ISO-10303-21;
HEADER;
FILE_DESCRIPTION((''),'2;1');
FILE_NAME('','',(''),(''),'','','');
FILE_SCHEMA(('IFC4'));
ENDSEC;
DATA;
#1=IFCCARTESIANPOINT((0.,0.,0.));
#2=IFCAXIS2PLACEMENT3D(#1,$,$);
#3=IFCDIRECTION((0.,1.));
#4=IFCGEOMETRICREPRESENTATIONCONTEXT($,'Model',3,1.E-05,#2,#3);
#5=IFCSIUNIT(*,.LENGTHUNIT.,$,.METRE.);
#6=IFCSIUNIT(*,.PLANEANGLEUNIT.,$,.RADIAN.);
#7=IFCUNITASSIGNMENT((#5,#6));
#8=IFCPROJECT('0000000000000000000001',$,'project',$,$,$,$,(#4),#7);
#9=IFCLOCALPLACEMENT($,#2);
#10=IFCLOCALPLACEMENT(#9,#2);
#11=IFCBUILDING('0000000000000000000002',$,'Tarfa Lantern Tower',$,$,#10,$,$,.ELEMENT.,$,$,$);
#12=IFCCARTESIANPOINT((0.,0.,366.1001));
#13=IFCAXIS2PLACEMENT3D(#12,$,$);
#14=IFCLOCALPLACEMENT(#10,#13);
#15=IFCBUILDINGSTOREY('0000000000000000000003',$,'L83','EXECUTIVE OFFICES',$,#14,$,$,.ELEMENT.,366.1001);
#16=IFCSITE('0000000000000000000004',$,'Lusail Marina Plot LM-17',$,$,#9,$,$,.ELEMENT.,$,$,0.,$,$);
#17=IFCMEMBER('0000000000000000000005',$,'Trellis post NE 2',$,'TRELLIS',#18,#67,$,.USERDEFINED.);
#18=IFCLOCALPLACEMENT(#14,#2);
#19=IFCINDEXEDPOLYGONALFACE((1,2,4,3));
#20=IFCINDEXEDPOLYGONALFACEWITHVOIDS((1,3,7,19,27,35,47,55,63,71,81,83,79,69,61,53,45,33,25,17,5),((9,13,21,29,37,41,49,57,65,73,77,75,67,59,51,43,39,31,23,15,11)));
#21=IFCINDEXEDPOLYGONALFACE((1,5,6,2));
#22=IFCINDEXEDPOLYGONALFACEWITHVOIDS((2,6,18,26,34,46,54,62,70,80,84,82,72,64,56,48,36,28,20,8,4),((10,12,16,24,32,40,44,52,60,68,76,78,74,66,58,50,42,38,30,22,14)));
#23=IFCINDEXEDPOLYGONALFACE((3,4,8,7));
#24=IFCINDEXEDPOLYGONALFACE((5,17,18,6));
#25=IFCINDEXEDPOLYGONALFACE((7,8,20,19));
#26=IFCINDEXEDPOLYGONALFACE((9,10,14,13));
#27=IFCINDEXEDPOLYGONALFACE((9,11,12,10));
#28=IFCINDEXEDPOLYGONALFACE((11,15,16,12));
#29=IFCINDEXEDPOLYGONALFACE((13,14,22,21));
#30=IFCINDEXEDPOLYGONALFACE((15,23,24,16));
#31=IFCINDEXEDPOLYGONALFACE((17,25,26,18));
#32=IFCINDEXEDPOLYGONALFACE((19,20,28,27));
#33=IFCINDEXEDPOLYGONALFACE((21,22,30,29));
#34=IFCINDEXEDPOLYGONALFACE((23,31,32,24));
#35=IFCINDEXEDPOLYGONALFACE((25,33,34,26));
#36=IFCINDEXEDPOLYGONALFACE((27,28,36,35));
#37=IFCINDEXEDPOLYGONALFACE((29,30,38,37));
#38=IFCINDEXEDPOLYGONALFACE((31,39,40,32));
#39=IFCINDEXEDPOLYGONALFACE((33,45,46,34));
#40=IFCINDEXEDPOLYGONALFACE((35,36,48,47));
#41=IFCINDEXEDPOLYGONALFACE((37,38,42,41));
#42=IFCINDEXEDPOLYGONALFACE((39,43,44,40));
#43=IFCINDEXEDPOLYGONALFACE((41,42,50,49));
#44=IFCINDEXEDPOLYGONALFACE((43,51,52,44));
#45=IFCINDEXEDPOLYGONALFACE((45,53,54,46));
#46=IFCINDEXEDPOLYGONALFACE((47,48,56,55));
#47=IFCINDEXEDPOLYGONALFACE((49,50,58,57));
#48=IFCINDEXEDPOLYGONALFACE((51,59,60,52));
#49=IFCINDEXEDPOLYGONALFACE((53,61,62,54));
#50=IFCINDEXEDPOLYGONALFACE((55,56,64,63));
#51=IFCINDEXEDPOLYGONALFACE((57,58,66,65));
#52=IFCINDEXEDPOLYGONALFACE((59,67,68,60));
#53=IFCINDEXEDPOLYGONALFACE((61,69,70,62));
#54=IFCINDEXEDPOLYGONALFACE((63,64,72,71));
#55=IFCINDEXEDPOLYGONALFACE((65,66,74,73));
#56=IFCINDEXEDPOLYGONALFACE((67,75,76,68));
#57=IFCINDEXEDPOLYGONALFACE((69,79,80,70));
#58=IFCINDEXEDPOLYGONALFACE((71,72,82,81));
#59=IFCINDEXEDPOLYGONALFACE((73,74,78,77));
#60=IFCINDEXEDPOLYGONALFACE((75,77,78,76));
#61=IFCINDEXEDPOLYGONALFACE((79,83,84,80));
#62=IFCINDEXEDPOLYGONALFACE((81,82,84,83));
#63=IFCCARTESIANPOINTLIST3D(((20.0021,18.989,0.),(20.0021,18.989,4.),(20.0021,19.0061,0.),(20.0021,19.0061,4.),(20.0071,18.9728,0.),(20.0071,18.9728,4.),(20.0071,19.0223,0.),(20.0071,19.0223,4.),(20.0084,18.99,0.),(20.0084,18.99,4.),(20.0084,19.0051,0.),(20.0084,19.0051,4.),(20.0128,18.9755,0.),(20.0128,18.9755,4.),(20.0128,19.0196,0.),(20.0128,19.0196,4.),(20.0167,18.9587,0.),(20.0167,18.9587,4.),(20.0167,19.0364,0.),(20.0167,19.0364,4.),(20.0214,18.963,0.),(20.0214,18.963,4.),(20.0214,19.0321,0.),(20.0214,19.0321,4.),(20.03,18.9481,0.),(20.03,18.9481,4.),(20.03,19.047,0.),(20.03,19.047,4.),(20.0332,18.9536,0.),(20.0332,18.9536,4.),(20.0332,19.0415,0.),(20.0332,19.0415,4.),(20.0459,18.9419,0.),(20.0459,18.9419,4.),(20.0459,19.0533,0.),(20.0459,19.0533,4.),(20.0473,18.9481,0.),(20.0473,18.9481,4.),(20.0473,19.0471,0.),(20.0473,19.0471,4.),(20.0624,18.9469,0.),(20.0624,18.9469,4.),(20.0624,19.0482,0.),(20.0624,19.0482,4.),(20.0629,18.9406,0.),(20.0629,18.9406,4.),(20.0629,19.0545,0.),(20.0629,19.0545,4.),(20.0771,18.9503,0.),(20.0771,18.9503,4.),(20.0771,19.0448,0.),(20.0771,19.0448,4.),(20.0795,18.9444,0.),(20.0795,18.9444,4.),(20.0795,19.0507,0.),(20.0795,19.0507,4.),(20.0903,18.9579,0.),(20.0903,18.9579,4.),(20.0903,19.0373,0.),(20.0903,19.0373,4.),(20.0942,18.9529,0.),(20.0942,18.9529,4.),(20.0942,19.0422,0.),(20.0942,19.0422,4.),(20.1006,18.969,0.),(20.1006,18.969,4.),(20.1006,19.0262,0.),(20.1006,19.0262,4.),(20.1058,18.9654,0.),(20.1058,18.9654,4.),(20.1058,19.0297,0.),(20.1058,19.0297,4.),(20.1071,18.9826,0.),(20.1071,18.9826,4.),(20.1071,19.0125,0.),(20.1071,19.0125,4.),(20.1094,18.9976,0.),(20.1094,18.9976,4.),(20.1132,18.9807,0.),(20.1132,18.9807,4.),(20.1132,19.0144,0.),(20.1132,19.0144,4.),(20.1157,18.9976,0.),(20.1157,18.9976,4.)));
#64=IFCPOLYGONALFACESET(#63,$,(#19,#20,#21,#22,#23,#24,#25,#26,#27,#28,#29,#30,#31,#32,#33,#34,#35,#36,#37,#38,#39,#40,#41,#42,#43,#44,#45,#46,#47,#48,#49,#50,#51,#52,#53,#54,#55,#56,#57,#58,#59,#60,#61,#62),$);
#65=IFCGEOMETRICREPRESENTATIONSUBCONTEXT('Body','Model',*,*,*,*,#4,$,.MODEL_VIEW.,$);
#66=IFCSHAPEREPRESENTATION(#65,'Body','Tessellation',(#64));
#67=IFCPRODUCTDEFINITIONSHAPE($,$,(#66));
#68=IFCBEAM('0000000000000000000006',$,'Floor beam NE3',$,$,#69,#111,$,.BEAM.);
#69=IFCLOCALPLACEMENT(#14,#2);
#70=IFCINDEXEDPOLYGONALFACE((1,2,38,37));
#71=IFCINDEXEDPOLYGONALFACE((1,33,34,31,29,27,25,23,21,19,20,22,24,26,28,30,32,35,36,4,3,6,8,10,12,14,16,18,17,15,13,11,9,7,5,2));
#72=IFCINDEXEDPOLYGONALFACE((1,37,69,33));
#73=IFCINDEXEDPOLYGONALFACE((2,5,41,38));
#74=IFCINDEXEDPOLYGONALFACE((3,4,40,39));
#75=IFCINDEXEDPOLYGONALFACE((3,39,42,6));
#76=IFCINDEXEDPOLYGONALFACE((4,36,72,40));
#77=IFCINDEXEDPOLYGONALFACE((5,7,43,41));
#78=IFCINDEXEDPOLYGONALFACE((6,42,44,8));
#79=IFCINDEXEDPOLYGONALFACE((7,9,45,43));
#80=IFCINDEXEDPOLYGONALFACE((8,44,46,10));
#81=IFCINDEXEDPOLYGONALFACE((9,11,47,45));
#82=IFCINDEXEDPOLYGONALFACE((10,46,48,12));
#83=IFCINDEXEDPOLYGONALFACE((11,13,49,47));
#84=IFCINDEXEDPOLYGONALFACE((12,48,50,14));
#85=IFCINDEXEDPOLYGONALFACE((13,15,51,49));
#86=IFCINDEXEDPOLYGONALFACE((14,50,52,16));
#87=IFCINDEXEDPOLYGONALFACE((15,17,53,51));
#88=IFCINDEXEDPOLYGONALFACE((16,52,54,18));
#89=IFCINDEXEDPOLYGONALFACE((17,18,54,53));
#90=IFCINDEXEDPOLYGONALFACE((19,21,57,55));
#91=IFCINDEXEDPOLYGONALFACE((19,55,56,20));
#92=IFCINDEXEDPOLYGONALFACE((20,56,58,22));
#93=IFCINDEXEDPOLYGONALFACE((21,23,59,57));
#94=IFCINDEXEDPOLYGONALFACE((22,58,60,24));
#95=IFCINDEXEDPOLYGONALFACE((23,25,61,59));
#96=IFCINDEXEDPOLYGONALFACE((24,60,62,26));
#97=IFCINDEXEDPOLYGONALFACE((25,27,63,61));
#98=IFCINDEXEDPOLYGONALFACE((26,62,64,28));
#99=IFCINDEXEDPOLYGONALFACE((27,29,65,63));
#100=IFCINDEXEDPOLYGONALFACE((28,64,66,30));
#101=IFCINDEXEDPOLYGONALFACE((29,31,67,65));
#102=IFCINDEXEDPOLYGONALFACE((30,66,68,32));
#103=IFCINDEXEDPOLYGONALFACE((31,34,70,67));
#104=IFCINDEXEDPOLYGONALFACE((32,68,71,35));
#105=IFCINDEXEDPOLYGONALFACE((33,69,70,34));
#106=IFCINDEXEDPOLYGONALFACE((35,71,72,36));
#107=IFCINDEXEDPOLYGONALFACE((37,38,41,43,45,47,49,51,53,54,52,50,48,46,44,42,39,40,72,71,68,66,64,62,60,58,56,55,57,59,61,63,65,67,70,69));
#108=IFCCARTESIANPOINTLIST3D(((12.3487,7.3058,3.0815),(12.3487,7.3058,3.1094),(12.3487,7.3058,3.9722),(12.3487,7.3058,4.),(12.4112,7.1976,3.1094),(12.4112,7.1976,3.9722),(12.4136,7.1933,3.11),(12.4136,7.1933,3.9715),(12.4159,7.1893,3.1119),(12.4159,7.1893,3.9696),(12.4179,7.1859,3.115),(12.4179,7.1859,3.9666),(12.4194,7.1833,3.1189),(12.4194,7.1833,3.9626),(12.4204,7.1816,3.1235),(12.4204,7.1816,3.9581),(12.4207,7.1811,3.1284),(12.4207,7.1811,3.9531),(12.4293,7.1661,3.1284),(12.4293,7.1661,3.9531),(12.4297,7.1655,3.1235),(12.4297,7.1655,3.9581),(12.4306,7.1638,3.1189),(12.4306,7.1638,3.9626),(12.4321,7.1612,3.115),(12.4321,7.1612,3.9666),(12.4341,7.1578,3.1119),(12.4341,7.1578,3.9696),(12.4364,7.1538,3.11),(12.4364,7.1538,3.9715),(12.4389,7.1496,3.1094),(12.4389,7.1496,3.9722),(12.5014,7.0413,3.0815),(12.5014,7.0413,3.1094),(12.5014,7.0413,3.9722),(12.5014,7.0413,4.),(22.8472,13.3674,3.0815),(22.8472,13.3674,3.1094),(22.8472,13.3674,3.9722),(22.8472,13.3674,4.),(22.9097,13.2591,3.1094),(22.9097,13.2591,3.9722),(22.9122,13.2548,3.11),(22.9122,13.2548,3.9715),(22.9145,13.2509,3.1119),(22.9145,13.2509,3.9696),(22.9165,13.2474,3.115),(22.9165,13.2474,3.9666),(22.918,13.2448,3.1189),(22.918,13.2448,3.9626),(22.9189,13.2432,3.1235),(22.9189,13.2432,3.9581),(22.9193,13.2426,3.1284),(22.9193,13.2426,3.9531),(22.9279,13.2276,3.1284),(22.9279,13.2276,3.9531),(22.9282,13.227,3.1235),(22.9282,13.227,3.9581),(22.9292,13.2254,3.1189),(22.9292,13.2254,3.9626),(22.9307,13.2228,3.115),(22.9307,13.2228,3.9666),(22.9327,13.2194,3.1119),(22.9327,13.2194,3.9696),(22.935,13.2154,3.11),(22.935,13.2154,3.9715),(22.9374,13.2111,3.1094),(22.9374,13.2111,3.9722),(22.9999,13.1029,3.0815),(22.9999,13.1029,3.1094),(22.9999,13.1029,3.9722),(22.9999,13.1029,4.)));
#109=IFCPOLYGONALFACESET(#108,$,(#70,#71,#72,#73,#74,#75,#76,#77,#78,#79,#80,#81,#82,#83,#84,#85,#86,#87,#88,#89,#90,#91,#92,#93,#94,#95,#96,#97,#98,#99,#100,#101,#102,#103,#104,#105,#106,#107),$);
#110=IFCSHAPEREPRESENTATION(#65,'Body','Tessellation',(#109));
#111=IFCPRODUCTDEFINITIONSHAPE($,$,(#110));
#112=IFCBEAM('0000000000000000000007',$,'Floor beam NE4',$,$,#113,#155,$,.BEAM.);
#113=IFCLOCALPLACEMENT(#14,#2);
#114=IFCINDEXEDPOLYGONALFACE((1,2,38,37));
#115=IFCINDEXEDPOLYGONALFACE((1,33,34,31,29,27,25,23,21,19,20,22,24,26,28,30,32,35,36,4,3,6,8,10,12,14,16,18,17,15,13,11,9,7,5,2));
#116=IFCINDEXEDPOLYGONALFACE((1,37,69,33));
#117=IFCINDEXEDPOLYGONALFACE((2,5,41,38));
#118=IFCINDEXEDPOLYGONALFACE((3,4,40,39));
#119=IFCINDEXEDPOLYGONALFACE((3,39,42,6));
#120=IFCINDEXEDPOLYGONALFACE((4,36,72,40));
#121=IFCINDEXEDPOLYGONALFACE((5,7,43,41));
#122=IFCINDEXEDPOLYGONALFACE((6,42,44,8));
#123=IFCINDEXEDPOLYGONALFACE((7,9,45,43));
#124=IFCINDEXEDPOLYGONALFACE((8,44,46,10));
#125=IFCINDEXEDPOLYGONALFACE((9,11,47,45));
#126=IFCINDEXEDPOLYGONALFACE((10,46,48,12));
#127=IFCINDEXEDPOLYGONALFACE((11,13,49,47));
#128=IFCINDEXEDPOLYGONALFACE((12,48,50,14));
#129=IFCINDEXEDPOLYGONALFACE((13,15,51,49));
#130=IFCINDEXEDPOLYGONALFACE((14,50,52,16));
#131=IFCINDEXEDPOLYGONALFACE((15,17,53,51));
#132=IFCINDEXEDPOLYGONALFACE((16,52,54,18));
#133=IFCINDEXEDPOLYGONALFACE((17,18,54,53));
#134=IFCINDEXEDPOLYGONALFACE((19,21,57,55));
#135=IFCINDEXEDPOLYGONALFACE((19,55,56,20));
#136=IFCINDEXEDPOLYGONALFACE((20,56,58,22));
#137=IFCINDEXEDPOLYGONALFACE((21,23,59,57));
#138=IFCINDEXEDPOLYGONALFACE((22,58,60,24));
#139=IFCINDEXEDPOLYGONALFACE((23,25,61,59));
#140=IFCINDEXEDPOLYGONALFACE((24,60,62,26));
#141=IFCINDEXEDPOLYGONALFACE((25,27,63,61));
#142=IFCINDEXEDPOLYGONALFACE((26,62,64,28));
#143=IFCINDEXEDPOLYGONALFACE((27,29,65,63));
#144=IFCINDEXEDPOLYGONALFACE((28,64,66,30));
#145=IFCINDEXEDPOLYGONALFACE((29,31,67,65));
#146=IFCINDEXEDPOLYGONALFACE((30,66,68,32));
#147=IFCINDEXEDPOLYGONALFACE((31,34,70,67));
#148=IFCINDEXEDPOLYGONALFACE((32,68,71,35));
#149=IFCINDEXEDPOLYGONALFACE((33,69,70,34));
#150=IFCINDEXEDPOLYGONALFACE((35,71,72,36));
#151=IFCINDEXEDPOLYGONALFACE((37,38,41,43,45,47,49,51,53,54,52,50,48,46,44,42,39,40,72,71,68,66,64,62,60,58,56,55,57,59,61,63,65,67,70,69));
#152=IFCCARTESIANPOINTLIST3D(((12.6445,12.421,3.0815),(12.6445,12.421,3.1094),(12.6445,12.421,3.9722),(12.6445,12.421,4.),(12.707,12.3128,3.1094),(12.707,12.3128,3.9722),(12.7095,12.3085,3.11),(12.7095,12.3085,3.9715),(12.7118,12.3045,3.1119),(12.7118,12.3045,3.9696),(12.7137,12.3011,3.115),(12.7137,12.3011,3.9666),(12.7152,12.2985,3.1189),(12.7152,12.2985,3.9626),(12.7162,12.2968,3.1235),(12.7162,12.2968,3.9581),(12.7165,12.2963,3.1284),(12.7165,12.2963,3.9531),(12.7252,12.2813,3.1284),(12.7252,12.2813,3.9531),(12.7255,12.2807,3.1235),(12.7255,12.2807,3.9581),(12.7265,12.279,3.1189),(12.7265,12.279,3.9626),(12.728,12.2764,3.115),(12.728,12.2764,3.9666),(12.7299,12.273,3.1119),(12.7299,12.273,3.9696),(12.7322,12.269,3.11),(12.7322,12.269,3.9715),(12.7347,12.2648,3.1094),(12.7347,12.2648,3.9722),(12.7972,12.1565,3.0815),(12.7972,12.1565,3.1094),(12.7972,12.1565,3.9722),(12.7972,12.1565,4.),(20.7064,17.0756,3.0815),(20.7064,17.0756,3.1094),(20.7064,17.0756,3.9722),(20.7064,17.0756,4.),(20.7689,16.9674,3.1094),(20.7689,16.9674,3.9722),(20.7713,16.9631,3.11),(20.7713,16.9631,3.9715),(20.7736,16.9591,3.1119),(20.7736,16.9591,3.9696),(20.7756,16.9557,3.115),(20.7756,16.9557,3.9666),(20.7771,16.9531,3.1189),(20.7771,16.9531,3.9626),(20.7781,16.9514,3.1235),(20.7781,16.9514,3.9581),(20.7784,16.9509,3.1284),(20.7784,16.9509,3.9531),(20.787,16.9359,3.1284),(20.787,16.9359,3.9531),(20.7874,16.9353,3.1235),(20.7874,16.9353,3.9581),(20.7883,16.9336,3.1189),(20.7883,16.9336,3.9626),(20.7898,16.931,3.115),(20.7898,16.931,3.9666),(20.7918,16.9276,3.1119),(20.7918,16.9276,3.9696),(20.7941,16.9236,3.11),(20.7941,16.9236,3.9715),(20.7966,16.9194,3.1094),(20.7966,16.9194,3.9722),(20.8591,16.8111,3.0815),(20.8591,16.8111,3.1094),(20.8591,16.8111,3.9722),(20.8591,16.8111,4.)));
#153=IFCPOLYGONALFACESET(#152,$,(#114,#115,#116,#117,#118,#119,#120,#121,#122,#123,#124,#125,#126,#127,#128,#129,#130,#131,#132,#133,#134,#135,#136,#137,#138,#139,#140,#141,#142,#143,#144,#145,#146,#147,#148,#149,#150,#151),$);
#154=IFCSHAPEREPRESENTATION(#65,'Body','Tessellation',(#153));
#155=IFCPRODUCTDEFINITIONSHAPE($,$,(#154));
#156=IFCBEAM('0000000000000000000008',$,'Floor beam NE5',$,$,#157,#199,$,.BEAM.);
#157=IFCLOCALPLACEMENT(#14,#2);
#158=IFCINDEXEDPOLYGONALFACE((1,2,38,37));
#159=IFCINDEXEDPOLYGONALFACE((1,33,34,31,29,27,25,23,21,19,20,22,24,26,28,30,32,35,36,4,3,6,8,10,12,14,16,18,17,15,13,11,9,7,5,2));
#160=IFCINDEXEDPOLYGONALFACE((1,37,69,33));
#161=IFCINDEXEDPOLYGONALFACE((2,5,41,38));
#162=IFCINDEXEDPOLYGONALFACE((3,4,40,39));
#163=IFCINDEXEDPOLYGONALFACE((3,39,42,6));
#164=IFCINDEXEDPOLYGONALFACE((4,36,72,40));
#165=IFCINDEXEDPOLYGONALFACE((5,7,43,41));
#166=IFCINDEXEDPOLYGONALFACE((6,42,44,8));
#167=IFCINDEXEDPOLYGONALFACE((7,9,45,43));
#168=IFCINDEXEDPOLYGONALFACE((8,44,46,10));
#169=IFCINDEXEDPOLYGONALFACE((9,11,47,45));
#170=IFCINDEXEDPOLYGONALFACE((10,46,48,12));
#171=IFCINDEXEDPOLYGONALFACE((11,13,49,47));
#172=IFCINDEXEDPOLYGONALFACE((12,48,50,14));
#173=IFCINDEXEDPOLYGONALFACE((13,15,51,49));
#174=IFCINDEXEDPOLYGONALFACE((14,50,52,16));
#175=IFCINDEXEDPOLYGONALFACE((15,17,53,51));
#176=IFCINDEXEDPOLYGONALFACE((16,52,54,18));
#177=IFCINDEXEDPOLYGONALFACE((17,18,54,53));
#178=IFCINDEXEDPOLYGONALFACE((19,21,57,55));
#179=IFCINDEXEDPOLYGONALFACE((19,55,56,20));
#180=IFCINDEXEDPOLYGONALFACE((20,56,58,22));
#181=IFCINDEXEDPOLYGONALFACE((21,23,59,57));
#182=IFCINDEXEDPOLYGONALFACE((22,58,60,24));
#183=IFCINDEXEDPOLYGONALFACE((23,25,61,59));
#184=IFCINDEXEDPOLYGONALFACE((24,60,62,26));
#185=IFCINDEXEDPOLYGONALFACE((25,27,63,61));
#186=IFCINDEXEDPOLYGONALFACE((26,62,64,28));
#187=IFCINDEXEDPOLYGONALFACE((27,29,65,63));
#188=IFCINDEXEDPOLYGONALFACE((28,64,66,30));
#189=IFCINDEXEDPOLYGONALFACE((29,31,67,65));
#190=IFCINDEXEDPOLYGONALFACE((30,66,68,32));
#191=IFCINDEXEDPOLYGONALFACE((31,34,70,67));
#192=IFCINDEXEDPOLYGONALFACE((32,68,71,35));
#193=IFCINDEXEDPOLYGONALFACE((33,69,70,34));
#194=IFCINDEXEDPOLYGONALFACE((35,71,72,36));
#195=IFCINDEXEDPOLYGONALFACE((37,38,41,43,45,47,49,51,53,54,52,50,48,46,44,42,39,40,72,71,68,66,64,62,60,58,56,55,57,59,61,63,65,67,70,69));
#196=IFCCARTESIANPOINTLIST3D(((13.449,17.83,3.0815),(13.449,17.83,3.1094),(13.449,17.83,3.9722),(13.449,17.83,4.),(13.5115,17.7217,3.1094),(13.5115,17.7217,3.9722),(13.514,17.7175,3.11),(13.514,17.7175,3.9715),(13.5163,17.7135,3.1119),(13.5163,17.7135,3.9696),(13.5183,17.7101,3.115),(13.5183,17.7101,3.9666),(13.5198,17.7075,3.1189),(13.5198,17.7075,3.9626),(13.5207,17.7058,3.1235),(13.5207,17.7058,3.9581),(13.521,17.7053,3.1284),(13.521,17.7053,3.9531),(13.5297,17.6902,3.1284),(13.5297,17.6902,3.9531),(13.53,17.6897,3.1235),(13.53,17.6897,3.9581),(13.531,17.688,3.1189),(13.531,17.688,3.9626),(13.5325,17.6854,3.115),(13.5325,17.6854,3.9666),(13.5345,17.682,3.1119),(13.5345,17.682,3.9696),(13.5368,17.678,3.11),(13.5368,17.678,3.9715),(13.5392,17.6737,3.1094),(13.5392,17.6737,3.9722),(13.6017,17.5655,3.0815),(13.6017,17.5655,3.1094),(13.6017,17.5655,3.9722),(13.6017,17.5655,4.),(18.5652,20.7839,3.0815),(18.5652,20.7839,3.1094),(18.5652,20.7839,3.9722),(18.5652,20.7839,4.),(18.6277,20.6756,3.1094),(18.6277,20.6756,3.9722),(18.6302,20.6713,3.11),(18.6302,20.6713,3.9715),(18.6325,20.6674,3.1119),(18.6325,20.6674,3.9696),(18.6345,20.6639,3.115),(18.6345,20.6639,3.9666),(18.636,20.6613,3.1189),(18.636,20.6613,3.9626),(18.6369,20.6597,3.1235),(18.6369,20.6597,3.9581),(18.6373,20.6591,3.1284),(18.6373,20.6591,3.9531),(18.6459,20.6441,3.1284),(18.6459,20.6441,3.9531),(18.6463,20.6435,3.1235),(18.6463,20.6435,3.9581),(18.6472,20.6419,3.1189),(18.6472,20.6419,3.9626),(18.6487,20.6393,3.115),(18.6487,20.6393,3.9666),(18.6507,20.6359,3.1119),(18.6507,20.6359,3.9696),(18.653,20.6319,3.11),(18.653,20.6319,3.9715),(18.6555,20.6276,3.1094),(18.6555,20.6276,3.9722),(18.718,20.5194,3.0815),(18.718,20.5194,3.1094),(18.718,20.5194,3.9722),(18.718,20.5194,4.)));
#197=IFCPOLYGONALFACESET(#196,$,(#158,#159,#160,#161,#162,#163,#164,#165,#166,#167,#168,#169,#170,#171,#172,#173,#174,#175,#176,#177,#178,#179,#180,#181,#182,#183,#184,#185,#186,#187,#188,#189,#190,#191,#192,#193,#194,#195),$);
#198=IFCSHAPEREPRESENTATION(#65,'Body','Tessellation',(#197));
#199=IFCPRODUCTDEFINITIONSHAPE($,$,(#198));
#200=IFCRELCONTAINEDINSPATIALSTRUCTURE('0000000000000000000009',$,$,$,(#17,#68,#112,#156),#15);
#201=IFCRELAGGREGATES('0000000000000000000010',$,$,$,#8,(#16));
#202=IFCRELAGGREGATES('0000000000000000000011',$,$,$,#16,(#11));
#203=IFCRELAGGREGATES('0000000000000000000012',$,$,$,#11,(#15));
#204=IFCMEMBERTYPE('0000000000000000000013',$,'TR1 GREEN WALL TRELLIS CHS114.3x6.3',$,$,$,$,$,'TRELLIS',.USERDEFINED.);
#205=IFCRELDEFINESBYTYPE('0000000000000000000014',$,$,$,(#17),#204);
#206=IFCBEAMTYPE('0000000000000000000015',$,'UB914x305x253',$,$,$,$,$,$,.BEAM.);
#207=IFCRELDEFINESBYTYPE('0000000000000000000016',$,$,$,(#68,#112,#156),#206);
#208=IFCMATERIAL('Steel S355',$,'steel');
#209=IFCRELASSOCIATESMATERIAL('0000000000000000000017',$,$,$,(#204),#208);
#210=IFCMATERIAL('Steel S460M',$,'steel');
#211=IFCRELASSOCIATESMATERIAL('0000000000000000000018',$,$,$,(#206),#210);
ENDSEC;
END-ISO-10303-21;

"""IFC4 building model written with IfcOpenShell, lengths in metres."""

from ifc_helpers import new_model, si_unit, direction, frame, origin, origin_2d, place, context, subcontext, project, spatial, hollow_circle, i_section, extrude, material, material_profile, profile_set, type_object, element, save


model = new_model("IFC4")

# Units and contexts
model_context = context("Model", 3, precision=1e-05, world=origin(), true_north=direction((0.0, 1.0)))
body_context = subcontext(model_context, "Body", "Model", "MODEL_VIEW")
ifc_project = project(units=[si_unit("LENGTHUNIT", "METRE"), si_unit("PLANEANGLEUNIT", "RADIAN")], contexts=[model_context])

# Site, building, storey
site_placement = place(None, origin())
site = spatial("IfcSite", under=ifc_project, at=site_placement, Name="Lusail Marina Plot LM-17", CompositionType="ELEMENT", RefElevation=0.0)
building_placement = place(site_placement, origin())
building = spatial("IfcBuilding", under=site, at=building_placement, Name="Tarfa Lantern Tower", CompositionType="ELEMENT")
storey_placement = place(building_placement, frame((0.0, 0.0, 366.1001)))
storey = spatial("IfcBuildingStorey", under=building, at=storey_placement, Name="L83", Description="EXECUTIVE OFFICES", CompositionType="ELEMENT", Elevation=366.1001)

# Member
ifc_material_1 = material(Name="Steel S355", Category="steel")
ifc_material_profile_1 = material_profile(ifc_material_1, hollow_circle(Radius=0.0571, WallThickness=0.0063, at=origin_2d()), Name="CHS114.3x6.3")
ifc_profile_set_1 = profile_set([ifc_material_profile_1], Name="Steel S355")
member_type_1 = type_object("IfcMemberType", Name="TR1 GREEN WALL TRELLIS CHS114.3x6.3", ElementType="TRELLIS", PredefinedType="USERDEFINED", material=ifc_profile_set_1)
member_1_placement = place(storey_placement, frame((20.0586, 18.9976, 0.0), z_axis=(0.0, 0.0, 1.0), x_axis=(1.0, 0.0, 0.0)))
element("IfcMember", 1, at=member_1_placement, inside=storey, type_object=member_type_1, Name="Trellis post NE 2", ObjectType="TRELLIS", PredefinedType="USERDEFINED", context=body_context, shape_type="SweptSolid", body=[
    extrude(hollow_circle(Radius=0.0571, WallThickness=0.0063, at=origin_2d()), origin(), (0.0, 0.0, 1.0), 4.0),
])

# Beams
ifc_material_2 = material(Name="Steel S460M", Category="steel")
ifc_material_profile_2 = material_profile(ifc_material_2, i_section(OverallWidth=0.3054, OverallDepth=0.9185, WebThickness=0.0173, FlangeThickness=0.0278, FilletRadius=0.019, at=origin_2d()), Name="UB914x305x253")
ifc_profile_set_2 = profile_set([ifc_material_profile_2], Name="Steel S460M")
beam_type_1 = type_object("IfcBeamType", Name="UB914x305x253", PredefinedType="BEAM", material=ifc_profile_set_2)
beam_1_placement = place(storey_placement, frame((22.9236, 13.2351, 3.5408), z_axis=(-0.866019, -0.500012, 0.0), x_axis=(0.500012, -0.866019, 0.0)))
element("IfcBeam", 2, at=beam_1_placement, inside=storey, type_object=beam_type_1, Name="Floor beam NE3", PredefinedType="BEAM", context=body_context, shape_type="SweptSolid", body=[
    extrude(i_section(OverallWidth=0.3054, OverallDepth=0.9185, WebThickness=0.0173, FlangeThickness=0.0278, FilletRadius=0.019, at=origin_2d()), origin(), (0.0, 0.0, 1.0), 12.1228),
])
beam_2_placement = place(storey_placement, frame((20.7827, 16.9434, 3.5408), z_axis=(-0.866022, -0.500006, 0.0), x_axis=(0.500006, -0.866022, 0.0)))
element("IfcBeam", 3, at=beam_2_placement, inside=storey, type_object=beam_type_1, Name="Floor beam NE4", PredefinedType="BEAM", context=body_context, shape_type="SweptSolid", body=[
    extrude(i_section(OverallWidth=0.3054, OverallDepth=0.9185, WebThickness=0.0173, FlangeThickness=0.0278, FilletRadius=0.019, at=origin_2d()), origin(), (0.0, 0.0, 1.0), 9.3091),
])
beam_3_placement = place(storey_placement, frame((18.6416, 20.6516, 3.5408), z_axis=(-0.866025, -0.500001, 0.0), x_axis=(0.500001, -0.866025, 0.0)))
element("IfcBeam", 4, at=beam_3_placement, inside=storey, type_object=beam_type_1, Name="Floor beam NE5", PredefinedType="BEAM", context=body_context, shape_type="SweptSolid", body=[
    extrude(i_section(OverallWidth=0.3054, OverallDepth=0.9185, WebThickness=0.0173, FlangeThickness=0.0278, FilletRadius=0.019, at=origin_2d()), origin(), (0.0, 0.0, 1.0), 5.9077),
])

save(model, "model.ifc")
